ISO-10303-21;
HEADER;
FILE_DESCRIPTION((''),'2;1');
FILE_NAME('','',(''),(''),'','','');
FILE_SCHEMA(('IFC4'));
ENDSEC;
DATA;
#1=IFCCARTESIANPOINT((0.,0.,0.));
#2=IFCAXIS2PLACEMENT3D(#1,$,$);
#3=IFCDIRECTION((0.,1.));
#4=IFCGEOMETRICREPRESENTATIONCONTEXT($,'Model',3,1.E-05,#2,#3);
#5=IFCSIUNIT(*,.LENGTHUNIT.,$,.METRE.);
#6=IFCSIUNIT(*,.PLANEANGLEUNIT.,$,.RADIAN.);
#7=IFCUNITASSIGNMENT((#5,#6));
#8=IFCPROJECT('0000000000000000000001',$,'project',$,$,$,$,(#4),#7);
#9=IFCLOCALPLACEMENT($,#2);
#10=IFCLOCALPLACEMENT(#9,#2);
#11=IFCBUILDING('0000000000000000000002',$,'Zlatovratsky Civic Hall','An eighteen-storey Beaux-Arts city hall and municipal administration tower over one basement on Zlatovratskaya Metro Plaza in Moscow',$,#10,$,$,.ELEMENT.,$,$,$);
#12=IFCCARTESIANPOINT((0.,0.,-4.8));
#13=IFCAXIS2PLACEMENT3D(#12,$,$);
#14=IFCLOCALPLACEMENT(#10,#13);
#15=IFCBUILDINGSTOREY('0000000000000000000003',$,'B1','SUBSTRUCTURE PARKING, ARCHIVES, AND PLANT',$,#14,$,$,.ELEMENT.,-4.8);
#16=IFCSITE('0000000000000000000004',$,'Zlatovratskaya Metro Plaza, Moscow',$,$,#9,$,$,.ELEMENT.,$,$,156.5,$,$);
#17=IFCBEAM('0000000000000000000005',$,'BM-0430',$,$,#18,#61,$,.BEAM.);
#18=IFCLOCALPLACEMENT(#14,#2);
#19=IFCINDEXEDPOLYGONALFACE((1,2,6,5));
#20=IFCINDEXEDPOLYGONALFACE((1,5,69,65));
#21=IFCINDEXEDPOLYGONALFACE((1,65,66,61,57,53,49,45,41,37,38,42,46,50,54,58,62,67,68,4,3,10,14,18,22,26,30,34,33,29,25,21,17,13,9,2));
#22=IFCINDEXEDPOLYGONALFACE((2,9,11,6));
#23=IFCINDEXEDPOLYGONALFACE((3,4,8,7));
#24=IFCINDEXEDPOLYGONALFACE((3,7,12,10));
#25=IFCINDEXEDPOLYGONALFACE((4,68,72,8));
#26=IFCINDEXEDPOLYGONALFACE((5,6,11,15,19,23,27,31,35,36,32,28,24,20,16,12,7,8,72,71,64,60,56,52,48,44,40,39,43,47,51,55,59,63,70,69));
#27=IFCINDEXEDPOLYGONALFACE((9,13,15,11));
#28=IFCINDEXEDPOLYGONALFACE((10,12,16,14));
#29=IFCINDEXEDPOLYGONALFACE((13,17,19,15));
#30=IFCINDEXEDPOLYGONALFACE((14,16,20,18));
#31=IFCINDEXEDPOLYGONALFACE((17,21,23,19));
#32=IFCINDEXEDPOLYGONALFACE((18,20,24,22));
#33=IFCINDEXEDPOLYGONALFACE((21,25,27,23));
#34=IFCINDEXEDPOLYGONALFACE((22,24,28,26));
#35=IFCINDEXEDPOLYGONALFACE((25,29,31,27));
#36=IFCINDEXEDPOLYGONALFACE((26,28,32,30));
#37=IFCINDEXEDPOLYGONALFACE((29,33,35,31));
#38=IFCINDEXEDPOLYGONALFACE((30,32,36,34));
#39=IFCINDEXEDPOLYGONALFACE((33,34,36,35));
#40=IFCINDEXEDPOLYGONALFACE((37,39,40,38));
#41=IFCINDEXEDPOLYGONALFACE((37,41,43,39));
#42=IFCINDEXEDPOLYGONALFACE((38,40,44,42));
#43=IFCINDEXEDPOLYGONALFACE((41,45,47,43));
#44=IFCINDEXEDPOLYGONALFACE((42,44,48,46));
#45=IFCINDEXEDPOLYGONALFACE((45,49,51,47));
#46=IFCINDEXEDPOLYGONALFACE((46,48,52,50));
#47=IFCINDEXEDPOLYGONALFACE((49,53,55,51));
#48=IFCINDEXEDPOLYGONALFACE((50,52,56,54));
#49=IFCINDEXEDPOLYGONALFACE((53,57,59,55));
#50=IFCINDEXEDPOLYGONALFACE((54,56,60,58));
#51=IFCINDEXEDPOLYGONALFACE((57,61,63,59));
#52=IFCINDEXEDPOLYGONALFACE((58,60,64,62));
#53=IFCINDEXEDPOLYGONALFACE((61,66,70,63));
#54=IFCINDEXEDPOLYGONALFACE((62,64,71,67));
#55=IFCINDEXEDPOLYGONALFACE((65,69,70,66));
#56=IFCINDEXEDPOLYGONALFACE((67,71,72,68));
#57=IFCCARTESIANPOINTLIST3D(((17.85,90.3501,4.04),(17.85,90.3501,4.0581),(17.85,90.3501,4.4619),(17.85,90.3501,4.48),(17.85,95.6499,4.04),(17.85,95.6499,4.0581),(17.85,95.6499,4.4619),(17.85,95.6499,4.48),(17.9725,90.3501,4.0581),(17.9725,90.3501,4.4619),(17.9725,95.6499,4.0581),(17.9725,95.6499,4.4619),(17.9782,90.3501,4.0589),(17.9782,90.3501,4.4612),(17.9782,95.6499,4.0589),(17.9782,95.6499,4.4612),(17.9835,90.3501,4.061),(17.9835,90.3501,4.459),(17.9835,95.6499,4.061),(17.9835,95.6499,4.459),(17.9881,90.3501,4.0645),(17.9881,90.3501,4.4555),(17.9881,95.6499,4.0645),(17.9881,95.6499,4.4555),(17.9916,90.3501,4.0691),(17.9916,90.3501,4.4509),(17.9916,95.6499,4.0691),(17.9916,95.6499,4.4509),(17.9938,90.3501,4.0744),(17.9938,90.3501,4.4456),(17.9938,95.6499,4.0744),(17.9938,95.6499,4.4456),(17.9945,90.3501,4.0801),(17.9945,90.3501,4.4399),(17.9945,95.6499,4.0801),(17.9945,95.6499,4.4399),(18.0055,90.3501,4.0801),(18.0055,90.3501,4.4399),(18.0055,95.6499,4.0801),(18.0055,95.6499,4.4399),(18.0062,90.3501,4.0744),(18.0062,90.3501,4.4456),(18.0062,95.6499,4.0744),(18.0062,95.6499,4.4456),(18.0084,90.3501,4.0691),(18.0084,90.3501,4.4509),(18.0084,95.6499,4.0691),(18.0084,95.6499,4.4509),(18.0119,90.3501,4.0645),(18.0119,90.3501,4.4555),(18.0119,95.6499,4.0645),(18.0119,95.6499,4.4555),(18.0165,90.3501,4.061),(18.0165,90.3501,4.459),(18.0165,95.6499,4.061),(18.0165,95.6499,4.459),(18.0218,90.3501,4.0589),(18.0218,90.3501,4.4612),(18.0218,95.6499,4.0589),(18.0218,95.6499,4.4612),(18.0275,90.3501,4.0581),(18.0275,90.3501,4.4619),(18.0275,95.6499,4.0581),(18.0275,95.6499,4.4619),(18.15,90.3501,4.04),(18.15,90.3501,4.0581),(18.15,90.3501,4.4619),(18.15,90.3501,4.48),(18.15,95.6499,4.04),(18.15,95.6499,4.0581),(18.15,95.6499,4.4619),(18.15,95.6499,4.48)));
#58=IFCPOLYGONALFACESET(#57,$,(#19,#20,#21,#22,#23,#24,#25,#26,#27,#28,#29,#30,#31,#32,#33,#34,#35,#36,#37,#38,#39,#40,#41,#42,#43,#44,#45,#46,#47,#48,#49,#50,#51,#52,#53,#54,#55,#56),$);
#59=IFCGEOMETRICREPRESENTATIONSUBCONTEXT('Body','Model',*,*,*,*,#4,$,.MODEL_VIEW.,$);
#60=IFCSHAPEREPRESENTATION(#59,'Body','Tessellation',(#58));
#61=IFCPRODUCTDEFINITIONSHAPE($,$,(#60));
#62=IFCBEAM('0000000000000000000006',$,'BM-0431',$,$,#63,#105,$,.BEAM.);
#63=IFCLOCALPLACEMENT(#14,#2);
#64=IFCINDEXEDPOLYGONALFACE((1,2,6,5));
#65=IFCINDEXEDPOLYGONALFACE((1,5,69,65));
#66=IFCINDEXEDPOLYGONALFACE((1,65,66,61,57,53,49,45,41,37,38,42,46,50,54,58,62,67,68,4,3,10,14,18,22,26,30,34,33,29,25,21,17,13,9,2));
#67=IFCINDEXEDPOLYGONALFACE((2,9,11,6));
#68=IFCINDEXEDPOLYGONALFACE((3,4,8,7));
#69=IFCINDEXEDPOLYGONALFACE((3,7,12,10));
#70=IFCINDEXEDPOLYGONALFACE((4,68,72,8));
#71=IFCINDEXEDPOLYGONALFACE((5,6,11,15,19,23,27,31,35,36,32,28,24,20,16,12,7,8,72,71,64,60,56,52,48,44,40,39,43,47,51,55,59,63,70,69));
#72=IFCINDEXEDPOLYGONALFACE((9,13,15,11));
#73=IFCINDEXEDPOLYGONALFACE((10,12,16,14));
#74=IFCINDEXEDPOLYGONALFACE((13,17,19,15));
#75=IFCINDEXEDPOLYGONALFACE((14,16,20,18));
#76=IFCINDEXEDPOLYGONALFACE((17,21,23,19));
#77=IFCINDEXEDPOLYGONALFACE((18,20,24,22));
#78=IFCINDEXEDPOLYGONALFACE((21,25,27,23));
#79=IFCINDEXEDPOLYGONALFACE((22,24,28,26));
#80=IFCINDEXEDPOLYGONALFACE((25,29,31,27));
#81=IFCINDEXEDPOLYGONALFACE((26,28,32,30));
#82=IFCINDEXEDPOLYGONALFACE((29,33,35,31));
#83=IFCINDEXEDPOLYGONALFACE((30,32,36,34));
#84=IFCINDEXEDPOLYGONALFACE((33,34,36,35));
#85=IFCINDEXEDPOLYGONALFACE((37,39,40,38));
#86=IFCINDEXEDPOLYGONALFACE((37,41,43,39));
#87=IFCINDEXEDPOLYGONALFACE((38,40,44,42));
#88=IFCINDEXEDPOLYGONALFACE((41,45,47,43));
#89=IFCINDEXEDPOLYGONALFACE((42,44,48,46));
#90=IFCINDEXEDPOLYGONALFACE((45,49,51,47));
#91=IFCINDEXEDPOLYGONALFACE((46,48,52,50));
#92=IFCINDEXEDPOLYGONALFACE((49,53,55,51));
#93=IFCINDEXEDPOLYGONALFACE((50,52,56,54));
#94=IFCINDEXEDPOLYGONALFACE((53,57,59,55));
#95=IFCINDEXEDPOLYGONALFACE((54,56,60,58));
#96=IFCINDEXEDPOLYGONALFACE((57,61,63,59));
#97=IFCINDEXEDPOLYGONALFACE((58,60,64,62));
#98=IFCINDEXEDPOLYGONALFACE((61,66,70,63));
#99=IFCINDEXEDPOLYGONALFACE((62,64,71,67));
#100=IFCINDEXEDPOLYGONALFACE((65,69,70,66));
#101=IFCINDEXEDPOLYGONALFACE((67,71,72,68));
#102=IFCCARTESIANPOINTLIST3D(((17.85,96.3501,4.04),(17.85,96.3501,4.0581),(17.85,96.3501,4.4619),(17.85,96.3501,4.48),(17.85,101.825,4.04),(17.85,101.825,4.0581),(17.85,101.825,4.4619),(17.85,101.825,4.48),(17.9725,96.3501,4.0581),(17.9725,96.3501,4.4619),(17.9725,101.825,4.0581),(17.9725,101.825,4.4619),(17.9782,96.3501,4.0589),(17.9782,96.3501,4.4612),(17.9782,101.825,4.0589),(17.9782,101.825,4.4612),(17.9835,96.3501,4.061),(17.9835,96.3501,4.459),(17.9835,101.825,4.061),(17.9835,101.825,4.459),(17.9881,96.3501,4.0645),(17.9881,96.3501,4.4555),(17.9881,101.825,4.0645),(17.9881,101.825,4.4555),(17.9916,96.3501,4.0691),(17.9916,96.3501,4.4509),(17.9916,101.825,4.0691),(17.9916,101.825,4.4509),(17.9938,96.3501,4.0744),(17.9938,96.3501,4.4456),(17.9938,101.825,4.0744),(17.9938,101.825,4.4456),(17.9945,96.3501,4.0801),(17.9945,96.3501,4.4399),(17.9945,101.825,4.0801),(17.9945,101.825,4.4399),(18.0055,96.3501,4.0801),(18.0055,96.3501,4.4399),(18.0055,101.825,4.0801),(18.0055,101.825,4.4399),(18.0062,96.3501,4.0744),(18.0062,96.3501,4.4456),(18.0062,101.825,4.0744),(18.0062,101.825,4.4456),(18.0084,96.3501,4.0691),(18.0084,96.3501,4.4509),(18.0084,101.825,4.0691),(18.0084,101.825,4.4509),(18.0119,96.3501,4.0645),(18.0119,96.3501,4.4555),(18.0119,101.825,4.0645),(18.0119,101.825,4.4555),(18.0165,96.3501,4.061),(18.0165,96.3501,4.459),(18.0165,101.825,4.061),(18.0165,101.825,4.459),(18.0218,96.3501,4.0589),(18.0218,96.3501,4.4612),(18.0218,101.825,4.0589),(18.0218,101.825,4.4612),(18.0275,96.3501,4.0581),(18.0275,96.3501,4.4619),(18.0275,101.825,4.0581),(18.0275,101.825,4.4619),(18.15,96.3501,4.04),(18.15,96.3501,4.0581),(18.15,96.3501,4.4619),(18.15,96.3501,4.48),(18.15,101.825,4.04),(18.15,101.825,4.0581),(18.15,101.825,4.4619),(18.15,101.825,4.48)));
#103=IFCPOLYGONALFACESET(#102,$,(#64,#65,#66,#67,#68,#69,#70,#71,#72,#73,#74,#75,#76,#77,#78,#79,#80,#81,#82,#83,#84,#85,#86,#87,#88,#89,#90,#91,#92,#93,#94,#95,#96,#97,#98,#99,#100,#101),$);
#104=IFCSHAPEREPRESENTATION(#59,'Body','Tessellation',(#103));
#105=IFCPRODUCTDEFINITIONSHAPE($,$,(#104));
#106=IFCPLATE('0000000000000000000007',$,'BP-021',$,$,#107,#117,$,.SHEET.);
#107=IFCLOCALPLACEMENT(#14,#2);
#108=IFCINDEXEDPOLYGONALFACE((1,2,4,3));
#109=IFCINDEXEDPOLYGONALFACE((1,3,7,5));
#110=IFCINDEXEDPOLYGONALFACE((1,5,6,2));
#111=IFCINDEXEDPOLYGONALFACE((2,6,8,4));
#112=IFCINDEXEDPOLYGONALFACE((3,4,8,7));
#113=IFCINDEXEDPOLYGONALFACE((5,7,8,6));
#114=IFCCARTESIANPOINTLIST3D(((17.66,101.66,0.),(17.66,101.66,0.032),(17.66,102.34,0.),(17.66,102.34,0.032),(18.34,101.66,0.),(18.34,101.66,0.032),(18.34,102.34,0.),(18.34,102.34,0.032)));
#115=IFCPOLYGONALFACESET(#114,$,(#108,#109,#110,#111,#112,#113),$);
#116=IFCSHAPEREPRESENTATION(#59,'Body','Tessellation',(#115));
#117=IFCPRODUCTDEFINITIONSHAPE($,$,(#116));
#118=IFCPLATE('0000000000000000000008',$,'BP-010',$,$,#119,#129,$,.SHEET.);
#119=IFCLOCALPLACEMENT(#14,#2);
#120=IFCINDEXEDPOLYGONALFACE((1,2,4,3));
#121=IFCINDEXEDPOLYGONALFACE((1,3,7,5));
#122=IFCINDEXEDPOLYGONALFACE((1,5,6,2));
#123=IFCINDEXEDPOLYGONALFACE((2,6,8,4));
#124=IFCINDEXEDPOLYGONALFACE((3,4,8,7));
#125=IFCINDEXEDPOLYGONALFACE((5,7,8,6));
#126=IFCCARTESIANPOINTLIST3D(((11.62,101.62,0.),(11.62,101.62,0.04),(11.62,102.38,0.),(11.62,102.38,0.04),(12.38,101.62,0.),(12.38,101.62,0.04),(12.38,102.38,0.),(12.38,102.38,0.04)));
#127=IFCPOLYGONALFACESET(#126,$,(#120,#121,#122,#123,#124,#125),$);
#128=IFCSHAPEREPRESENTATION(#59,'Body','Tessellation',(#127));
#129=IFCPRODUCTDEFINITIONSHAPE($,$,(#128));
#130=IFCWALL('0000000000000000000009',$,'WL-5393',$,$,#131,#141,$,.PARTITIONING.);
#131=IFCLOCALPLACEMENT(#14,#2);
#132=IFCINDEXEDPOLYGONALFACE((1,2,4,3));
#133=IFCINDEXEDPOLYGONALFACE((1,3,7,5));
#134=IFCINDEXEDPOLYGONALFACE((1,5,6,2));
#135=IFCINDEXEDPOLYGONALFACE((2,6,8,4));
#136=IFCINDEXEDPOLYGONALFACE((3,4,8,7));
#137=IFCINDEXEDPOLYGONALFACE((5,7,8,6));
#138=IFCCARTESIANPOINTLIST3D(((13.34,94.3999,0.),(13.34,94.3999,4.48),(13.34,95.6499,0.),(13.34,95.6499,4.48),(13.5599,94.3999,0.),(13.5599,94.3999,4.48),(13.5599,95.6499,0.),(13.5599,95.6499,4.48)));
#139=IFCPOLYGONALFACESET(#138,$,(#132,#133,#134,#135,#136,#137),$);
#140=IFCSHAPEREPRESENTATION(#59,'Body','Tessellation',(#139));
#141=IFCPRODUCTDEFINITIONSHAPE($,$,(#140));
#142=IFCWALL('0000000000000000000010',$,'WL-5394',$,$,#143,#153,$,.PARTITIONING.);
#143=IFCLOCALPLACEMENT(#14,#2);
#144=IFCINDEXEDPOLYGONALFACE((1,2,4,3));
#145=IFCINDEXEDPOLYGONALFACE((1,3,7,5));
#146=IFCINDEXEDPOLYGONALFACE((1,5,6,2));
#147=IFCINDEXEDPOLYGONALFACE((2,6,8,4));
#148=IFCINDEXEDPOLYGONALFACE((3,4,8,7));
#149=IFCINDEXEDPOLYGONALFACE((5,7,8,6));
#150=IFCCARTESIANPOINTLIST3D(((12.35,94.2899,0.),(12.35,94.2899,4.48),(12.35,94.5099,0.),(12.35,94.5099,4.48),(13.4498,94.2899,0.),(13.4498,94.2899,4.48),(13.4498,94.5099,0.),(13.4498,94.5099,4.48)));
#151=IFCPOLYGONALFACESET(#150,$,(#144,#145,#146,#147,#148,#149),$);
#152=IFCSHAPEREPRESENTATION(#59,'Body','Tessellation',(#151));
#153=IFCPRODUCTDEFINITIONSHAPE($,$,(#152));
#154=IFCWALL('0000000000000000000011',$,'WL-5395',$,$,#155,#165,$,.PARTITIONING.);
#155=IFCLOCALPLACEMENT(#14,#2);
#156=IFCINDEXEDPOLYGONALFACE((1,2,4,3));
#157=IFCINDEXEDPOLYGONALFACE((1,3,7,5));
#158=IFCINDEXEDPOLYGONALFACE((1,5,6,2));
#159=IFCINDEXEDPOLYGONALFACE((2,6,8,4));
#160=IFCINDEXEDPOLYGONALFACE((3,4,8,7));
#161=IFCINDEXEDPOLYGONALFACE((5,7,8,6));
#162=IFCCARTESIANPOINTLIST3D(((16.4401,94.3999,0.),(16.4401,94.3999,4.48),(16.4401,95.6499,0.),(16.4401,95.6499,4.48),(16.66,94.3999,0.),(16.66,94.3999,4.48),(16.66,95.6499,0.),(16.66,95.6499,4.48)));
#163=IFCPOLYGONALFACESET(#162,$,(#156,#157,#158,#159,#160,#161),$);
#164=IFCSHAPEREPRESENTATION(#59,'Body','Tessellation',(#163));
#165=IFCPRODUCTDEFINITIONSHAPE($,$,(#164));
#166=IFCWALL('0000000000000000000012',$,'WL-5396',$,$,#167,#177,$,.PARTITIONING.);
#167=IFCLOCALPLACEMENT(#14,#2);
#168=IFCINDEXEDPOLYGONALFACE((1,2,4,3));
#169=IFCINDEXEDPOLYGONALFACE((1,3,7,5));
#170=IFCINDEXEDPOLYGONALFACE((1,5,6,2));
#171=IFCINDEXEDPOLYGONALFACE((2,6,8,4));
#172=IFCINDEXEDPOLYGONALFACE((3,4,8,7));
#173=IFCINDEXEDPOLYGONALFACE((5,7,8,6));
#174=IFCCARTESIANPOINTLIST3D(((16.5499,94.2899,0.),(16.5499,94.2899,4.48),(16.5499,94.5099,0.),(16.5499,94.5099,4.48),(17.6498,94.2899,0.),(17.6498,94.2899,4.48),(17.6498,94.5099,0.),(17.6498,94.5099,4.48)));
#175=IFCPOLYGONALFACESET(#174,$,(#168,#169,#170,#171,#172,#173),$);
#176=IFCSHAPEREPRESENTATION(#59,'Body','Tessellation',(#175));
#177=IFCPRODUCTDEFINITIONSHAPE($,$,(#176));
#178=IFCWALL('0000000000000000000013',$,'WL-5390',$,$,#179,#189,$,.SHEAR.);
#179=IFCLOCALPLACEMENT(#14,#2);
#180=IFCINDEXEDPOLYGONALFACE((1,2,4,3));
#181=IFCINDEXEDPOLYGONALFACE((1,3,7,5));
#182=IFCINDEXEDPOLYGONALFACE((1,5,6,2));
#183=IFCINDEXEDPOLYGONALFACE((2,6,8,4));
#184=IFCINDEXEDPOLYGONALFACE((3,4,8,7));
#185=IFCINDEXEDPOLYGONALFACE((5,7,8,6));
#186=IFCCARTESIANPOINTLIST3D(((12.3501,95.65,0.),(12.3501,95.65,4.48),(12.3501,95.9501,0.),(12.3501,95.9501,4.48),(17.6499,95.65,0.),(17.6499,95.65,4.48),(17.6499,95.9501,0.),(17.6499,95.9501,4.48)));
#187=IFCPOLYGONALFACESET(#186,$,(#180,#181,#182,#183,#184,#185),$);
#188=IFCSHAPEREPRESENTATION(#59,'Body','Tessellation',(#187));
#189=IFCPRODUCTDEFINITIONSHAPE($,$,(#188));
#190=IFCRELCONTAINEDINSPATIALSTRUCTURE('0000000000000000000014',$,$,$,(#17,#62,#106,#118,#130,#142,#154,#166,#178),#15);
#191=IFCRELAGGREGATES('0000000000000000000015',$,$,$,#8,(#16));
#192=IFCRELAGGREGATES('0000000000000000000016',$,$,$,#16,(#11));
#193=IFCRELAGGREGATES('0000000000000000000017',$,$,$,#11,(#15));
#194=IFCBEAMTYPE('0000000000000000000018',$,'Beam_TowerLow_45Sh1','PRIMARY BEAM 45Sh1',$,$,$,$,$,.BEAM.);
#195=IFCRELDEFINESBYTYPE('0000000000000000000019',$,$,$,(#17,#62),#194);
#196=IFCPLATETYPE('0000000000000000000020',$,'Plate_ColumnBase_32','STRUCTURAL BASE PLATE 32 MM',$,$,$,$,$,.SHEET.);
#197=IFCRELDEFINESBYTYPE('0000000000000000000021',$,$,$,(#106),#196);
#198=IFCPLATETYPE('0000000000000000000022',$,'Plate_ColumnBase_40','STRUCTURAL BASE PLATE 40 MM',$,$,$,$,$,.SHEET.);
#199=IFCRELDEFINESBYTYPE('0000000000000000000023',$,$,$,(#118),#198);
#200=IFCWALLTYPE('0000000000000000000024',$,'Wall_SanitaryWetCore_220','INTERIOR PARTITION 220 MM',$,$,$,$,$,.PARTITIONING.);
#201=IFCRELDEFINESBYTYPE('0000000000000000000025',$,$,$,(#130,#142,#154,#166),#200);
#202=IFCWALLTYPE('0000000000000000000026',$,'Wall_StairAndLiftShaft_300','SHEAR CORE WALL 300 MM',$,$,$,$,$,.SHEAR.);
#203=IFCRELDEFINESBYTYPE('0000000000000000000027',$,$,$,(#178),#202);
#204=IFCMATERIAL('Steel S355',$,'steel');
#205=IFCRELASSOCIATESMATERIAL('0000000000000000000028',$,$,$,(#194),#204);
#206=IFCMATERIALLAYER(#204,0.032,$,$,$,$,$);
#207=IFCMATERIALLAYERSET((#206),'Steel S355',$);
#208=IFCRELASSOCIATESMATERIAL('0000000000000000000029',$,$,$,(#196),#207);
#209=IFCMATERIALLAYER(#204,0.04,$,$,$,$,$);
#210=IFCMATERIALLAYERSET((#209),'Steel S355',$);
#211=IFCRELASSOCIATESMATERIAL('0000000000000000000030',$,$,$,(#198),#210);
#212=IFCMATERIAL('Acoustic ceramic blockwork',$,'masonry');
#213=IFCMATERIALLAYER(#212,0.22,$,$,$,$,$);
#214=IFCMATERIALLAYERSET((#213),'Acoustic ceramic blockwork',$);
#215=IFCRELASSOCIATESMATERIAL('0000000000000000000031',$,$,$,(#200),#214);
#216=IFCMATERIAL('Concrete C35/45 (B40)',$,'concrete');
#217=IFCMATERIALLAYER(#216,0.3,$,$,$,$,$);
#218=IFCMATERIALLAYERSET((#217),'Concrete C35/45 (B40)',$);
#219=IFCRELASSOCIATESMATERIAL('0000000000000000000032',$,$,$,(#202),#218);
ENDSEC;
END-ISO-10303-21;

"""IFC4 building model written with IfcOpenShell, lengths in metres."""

from ifc_helpers import new_model, si_unit, direction, frame, frame_2d, origin, origin_2d, place, context, subcontext, project, spatial, rectangle, i_section, extrude, material, layer, layer_set, material_profile, profile_set, type_object, element, save


model = new_model("IFC4")

# Units and contexts
model_context = context("Model", 3, precision=1e-05, world=origin(), true_north=direction((0.0, 1.0)))
body_context = subcontext(model_context, "Body", "Model", "MODEL_VIEW")
ifc_project = project(units=[si_unit("LENGTHUNIT", "METRE"), si_unit("PLANEANGLEUNIT", "RADIAN")], contexts=[model_context])

# Site, building, storey
site_placement = place(None, origin())
site = spatial("IfcSite", under=ifc_project, at=site_placement, Name="Zlatovratskaya Metro Plaza, Moscow", CompositionType="ELEMENT", RefElevation=156.5)
building_placement = place(site_placement, origin())
building = spatial("IfcBuilding", under=site, at=building_placement, Name="Zlatovratsky Civic Hall", Description="An eighteen-storey Beaux-Arts city hall and municipal administration tower over one basement on Zlatovratskaya Metro Plaza in Moscow", CompositionType="ELEMENT")
storey_placement = place(building_placement, frame((0.0, 0.0, -4.8)))
storey = spatial("IfcBuildingStorey", under=building, at=storey_placement, Name="B1", Description="SUBSTRUCTURE PARKING, ARCHIVES, AND PLANT", CompositionType="ELEMENT", Elevation=-4.8)

# Shared definitions
ifc_material_1 = material(Name="Concrete C35/45 (B40)", Category="concrete")
ifc_material_2 = material(Name="Steel S355", Category="steel")

# Beams
ifc_material_profile_1 = material_profile(ifc_material_2, i_section(OverallWidth=0.3, OverallDepth=0.4399, WebThickness=0.011, FlangeThickness=0.0181, FilletRadius=0.022, at=origin_2d()), Name="45Sh1")
ifc_profile_set_1 = profile_set([ifc_material_profile_1], Name="Steel S355")
beam_type = type_object("IfcBeamType", Name="Beam_TowerLow_45Sh1", Description="PRIMARY BEAM 45Sh1", PredefinedType="BEAM", material=ifc_profile_set_1)
beam_1_placement = place(storey_placement, frame((18.0, 90.3501, 4.26), z_axis=(0.0, 1.0, 0.0), x_axis=(-1.0, 0.0, 0.0)))
element("IfcBeam", 1, at=beam_1_placement, inside=storey, type_object=beam_type, Name="BM-0430", PredefinedType="BEAM", context=body_context, shape_type="SweptSolid", body=[
    extrude(i_section(OverallWidth=0.3, OverallDepth=0.4399, WebThickness=0.011, FlangeThickness=0.0181, FilletRadius=0.022, at=origin_2d()), origin(), (0.0, 0.0, 1.0), 5.2998),
])
beam_2_placement = place(storey_placement, frame((18.0, 96.3501, 4.26), z_axis=(0.0, 1.0, 0.0), x_axis=(-1.0, 0.0, 0.0)))
element("IfcBeam", 2, at=beam_2_placement, inside=storey, type_object=beam_type, Name="BM-0431", PredefinedType="BEAM", context=body_context, shape_type="SweptSolid", body=[
    extrude(i_section(OverallWidth=0.3, OverallDepth=0.4399, WebThickness=0.011, FlangeThickness=0.0181, FilletRadius=0.022, at=origin_2d()), origin(), (0.0, 0.0, 1.0), 5.4749),
])

# Plates
ifc_layer_1 = layer(ifc_material_2, 0.032)
ifc_layer_set_1 = layer_set([ifc_layer_1], Name="Steel S355")
plate_type_1 = type_object("IfcPlateType", Name="Plate_ColumnBase_32", Description="STRUCTURAL BASE PLATE 32 MM", PredefinedType="SHEET", material=ifc_layer_set_1)
plate_1_placement = place(storey_placement, frame((18.0, 102.0, 0.0), z_axis=(0.0, 0.0, 1.0), x_axis=(1.0, 0.0, 0.0)))
element("IfcPlate", 3, at=plate_1_placement, inside=storey, type_object=plate_type_1, Name="BP-021", PredefinedType="SHEET", context=body_context, shape_type="SweptSolid", body=[
    extrude(rectangle(XDim=0.6799, YDim=0.6799, at=origin_2d()), origin(), (0.0, 0.0, 1.0), 0.032),
])
ifc_layer_2 = layer(ifc_material_2, 0.04)
ifc_layer_set_2 = layer_set([ifc_layer_2], Name="Steel S355")
plate_type_2 = type_object("IfcPlateType", Name="Plate_ColumnBase_40", Description="STRUCTURAL BASE PLATE 40 MM", PredefinedType="SHEET", material=ifc_layer_set_2)
plate_2_placement = place(storey_placement, frame((12.0, 102.0, 0.0), z_axis=(0.0, 0.0, 1.0), x_axis=(1.0, 0.0, 0.0)))
element("IfcPlate", 4, at=plate_2_placement, inside=storey, type_object=plate_type_2, Name="BP-010", PredefinedType="SHEET", context=body_context, shape_type="SweptSolid", body=[
    extrude(rectangle(XDim=0.76, YDim=0.76, at=origin_2d()), origin(), (0.0, 0.0, 1.0), 0.04),
])

# Walls
ifc_material_3 = material(Name="Acoustic ceramic blockwork", Category="masonry")
ifc_layer_3 = layer(ifc_material_3, 0.22)
ifc_layer_set_3 = layer_set([ifc_layer_3], Name="Acoustic ceramic blockwork")
wall_type_1 = type_object("IfcWallType", Name="Wall_SanitaryWetCore_220", Description="INTERIOR PARTITION 220 MM", PredefinedType="PARTITIONING", material=ifc_layer_set_3)
wall_1_placement = place(storey_placement, frame((13.45, 94.3999, 0.0), z_axis=(0.0, 0.0, 1.0), x_axis=(0.0, 1.0, 0.0)))
element("IfcWall", 5, at=wall_1_placement, inside=storey, type_object=wall_type_1, Name="WL-5393", PredefinedType="PARTITIONING", context=body_context, shape_type="SweptSolid", body=[
    extrude(rectangle(XDim=1.25, YDim=0.22, at=frame_2d((0.625, 0.0))), origin(), (0.0, 0.0, 1.0), 4.48),
])
wall_2_placement = place(storey_placement, frame((12.3501, 94.3999, 0.0), z_axis=(0.0, 0.0, 1.0), x_axis=(1.0, 0.0, 0.0)))
element("IfcWall", 6, at=wall_2_placement, inside=storey, type_object=wall_type_1, Name="WL-5394", PredefinedType="PARTITIONING", context=body_context, shape_type="SweptSolid", body=[
    extrude(rectangle(XDim=1.0999, YDim=0.22, at=frame_2d((0.5498, 0.0))), origin(), (0.0, 0.0, 1.0), 4.48),
])
wall_3_placement = place(storey_placement, frame((16.55, 94.3999, 0.0), z_axis=(0.0, 0.0, 1.0), x_axis=(0.0, 1.0, 0.0)))
element("IfcWall", 7, at=wall_3_placement, inside=storey, type_object=wall_type_1, Name="WL-5395", PredefinedType="PARTITIONING", context=body_context, shape_type="SweptSolid", body=[
    extrude(rectangle(XDim=1.25, YDim=0.22, at=frame_2d((0.625, 0.0))), origin(), (0.0, 0.0, 1.0), 4.48),
])
wall_4_placement = place(storey_placement, frame((16.55, 94.3999, 0.0), z_axis=(0.0, 0.0, 1.0), x_axis=(1.0, 0.0, 0.0)))
element("IfcWall", 8, at=wall_4_placement, inside=storey, type_object=wall_type_1, Name="WL-5396", PredefinedType="PARTITIONING", context=body_context, shape_type="SweptSolid", body=[
    extrude(rectangle(XDim=1.0999, YDim=0.22, at=frame_2d((0.5498, 0.0))), origin(), (0.0, 0.0, 1.0), 4.48),
])
ifc_layer_4 = layer(ifc_material_1, 0.3)
ifc_layer_set_4 = layer_set([ifc_layer_4], Name="Concrete C35/45 (B40)")
wall_type_2 = type_object("IfcWallType", Name="Wall_StairAndLiftShaft_300", Description="SHEAR CORE WALL 300 MM", PredefinedType="SHEAR", material=ifc_layer_set_4)
wall_5_placement = place(storey_placement, frame((12.3501, 95.8, 0.0), z_axis=(0.0, 0.0, 1.0), x_axis=(1.0, 0.0, 0.0)))
element("IfcWall", 9, at=wall_5_placement, inside=storey, type_object=wall_type_2, Name="WL-5390", PredefinedType="SHEAR", context=body_context, shape_type="SweptSolid", body=[
    extrude(rectangle(XDim=5.2998, YDim=0.3, at=frame_2d((2.6499, 0.0))), origin(), (0.0, 0.0, 1.0), 4.48),
])

save(model, "model.ifc")
